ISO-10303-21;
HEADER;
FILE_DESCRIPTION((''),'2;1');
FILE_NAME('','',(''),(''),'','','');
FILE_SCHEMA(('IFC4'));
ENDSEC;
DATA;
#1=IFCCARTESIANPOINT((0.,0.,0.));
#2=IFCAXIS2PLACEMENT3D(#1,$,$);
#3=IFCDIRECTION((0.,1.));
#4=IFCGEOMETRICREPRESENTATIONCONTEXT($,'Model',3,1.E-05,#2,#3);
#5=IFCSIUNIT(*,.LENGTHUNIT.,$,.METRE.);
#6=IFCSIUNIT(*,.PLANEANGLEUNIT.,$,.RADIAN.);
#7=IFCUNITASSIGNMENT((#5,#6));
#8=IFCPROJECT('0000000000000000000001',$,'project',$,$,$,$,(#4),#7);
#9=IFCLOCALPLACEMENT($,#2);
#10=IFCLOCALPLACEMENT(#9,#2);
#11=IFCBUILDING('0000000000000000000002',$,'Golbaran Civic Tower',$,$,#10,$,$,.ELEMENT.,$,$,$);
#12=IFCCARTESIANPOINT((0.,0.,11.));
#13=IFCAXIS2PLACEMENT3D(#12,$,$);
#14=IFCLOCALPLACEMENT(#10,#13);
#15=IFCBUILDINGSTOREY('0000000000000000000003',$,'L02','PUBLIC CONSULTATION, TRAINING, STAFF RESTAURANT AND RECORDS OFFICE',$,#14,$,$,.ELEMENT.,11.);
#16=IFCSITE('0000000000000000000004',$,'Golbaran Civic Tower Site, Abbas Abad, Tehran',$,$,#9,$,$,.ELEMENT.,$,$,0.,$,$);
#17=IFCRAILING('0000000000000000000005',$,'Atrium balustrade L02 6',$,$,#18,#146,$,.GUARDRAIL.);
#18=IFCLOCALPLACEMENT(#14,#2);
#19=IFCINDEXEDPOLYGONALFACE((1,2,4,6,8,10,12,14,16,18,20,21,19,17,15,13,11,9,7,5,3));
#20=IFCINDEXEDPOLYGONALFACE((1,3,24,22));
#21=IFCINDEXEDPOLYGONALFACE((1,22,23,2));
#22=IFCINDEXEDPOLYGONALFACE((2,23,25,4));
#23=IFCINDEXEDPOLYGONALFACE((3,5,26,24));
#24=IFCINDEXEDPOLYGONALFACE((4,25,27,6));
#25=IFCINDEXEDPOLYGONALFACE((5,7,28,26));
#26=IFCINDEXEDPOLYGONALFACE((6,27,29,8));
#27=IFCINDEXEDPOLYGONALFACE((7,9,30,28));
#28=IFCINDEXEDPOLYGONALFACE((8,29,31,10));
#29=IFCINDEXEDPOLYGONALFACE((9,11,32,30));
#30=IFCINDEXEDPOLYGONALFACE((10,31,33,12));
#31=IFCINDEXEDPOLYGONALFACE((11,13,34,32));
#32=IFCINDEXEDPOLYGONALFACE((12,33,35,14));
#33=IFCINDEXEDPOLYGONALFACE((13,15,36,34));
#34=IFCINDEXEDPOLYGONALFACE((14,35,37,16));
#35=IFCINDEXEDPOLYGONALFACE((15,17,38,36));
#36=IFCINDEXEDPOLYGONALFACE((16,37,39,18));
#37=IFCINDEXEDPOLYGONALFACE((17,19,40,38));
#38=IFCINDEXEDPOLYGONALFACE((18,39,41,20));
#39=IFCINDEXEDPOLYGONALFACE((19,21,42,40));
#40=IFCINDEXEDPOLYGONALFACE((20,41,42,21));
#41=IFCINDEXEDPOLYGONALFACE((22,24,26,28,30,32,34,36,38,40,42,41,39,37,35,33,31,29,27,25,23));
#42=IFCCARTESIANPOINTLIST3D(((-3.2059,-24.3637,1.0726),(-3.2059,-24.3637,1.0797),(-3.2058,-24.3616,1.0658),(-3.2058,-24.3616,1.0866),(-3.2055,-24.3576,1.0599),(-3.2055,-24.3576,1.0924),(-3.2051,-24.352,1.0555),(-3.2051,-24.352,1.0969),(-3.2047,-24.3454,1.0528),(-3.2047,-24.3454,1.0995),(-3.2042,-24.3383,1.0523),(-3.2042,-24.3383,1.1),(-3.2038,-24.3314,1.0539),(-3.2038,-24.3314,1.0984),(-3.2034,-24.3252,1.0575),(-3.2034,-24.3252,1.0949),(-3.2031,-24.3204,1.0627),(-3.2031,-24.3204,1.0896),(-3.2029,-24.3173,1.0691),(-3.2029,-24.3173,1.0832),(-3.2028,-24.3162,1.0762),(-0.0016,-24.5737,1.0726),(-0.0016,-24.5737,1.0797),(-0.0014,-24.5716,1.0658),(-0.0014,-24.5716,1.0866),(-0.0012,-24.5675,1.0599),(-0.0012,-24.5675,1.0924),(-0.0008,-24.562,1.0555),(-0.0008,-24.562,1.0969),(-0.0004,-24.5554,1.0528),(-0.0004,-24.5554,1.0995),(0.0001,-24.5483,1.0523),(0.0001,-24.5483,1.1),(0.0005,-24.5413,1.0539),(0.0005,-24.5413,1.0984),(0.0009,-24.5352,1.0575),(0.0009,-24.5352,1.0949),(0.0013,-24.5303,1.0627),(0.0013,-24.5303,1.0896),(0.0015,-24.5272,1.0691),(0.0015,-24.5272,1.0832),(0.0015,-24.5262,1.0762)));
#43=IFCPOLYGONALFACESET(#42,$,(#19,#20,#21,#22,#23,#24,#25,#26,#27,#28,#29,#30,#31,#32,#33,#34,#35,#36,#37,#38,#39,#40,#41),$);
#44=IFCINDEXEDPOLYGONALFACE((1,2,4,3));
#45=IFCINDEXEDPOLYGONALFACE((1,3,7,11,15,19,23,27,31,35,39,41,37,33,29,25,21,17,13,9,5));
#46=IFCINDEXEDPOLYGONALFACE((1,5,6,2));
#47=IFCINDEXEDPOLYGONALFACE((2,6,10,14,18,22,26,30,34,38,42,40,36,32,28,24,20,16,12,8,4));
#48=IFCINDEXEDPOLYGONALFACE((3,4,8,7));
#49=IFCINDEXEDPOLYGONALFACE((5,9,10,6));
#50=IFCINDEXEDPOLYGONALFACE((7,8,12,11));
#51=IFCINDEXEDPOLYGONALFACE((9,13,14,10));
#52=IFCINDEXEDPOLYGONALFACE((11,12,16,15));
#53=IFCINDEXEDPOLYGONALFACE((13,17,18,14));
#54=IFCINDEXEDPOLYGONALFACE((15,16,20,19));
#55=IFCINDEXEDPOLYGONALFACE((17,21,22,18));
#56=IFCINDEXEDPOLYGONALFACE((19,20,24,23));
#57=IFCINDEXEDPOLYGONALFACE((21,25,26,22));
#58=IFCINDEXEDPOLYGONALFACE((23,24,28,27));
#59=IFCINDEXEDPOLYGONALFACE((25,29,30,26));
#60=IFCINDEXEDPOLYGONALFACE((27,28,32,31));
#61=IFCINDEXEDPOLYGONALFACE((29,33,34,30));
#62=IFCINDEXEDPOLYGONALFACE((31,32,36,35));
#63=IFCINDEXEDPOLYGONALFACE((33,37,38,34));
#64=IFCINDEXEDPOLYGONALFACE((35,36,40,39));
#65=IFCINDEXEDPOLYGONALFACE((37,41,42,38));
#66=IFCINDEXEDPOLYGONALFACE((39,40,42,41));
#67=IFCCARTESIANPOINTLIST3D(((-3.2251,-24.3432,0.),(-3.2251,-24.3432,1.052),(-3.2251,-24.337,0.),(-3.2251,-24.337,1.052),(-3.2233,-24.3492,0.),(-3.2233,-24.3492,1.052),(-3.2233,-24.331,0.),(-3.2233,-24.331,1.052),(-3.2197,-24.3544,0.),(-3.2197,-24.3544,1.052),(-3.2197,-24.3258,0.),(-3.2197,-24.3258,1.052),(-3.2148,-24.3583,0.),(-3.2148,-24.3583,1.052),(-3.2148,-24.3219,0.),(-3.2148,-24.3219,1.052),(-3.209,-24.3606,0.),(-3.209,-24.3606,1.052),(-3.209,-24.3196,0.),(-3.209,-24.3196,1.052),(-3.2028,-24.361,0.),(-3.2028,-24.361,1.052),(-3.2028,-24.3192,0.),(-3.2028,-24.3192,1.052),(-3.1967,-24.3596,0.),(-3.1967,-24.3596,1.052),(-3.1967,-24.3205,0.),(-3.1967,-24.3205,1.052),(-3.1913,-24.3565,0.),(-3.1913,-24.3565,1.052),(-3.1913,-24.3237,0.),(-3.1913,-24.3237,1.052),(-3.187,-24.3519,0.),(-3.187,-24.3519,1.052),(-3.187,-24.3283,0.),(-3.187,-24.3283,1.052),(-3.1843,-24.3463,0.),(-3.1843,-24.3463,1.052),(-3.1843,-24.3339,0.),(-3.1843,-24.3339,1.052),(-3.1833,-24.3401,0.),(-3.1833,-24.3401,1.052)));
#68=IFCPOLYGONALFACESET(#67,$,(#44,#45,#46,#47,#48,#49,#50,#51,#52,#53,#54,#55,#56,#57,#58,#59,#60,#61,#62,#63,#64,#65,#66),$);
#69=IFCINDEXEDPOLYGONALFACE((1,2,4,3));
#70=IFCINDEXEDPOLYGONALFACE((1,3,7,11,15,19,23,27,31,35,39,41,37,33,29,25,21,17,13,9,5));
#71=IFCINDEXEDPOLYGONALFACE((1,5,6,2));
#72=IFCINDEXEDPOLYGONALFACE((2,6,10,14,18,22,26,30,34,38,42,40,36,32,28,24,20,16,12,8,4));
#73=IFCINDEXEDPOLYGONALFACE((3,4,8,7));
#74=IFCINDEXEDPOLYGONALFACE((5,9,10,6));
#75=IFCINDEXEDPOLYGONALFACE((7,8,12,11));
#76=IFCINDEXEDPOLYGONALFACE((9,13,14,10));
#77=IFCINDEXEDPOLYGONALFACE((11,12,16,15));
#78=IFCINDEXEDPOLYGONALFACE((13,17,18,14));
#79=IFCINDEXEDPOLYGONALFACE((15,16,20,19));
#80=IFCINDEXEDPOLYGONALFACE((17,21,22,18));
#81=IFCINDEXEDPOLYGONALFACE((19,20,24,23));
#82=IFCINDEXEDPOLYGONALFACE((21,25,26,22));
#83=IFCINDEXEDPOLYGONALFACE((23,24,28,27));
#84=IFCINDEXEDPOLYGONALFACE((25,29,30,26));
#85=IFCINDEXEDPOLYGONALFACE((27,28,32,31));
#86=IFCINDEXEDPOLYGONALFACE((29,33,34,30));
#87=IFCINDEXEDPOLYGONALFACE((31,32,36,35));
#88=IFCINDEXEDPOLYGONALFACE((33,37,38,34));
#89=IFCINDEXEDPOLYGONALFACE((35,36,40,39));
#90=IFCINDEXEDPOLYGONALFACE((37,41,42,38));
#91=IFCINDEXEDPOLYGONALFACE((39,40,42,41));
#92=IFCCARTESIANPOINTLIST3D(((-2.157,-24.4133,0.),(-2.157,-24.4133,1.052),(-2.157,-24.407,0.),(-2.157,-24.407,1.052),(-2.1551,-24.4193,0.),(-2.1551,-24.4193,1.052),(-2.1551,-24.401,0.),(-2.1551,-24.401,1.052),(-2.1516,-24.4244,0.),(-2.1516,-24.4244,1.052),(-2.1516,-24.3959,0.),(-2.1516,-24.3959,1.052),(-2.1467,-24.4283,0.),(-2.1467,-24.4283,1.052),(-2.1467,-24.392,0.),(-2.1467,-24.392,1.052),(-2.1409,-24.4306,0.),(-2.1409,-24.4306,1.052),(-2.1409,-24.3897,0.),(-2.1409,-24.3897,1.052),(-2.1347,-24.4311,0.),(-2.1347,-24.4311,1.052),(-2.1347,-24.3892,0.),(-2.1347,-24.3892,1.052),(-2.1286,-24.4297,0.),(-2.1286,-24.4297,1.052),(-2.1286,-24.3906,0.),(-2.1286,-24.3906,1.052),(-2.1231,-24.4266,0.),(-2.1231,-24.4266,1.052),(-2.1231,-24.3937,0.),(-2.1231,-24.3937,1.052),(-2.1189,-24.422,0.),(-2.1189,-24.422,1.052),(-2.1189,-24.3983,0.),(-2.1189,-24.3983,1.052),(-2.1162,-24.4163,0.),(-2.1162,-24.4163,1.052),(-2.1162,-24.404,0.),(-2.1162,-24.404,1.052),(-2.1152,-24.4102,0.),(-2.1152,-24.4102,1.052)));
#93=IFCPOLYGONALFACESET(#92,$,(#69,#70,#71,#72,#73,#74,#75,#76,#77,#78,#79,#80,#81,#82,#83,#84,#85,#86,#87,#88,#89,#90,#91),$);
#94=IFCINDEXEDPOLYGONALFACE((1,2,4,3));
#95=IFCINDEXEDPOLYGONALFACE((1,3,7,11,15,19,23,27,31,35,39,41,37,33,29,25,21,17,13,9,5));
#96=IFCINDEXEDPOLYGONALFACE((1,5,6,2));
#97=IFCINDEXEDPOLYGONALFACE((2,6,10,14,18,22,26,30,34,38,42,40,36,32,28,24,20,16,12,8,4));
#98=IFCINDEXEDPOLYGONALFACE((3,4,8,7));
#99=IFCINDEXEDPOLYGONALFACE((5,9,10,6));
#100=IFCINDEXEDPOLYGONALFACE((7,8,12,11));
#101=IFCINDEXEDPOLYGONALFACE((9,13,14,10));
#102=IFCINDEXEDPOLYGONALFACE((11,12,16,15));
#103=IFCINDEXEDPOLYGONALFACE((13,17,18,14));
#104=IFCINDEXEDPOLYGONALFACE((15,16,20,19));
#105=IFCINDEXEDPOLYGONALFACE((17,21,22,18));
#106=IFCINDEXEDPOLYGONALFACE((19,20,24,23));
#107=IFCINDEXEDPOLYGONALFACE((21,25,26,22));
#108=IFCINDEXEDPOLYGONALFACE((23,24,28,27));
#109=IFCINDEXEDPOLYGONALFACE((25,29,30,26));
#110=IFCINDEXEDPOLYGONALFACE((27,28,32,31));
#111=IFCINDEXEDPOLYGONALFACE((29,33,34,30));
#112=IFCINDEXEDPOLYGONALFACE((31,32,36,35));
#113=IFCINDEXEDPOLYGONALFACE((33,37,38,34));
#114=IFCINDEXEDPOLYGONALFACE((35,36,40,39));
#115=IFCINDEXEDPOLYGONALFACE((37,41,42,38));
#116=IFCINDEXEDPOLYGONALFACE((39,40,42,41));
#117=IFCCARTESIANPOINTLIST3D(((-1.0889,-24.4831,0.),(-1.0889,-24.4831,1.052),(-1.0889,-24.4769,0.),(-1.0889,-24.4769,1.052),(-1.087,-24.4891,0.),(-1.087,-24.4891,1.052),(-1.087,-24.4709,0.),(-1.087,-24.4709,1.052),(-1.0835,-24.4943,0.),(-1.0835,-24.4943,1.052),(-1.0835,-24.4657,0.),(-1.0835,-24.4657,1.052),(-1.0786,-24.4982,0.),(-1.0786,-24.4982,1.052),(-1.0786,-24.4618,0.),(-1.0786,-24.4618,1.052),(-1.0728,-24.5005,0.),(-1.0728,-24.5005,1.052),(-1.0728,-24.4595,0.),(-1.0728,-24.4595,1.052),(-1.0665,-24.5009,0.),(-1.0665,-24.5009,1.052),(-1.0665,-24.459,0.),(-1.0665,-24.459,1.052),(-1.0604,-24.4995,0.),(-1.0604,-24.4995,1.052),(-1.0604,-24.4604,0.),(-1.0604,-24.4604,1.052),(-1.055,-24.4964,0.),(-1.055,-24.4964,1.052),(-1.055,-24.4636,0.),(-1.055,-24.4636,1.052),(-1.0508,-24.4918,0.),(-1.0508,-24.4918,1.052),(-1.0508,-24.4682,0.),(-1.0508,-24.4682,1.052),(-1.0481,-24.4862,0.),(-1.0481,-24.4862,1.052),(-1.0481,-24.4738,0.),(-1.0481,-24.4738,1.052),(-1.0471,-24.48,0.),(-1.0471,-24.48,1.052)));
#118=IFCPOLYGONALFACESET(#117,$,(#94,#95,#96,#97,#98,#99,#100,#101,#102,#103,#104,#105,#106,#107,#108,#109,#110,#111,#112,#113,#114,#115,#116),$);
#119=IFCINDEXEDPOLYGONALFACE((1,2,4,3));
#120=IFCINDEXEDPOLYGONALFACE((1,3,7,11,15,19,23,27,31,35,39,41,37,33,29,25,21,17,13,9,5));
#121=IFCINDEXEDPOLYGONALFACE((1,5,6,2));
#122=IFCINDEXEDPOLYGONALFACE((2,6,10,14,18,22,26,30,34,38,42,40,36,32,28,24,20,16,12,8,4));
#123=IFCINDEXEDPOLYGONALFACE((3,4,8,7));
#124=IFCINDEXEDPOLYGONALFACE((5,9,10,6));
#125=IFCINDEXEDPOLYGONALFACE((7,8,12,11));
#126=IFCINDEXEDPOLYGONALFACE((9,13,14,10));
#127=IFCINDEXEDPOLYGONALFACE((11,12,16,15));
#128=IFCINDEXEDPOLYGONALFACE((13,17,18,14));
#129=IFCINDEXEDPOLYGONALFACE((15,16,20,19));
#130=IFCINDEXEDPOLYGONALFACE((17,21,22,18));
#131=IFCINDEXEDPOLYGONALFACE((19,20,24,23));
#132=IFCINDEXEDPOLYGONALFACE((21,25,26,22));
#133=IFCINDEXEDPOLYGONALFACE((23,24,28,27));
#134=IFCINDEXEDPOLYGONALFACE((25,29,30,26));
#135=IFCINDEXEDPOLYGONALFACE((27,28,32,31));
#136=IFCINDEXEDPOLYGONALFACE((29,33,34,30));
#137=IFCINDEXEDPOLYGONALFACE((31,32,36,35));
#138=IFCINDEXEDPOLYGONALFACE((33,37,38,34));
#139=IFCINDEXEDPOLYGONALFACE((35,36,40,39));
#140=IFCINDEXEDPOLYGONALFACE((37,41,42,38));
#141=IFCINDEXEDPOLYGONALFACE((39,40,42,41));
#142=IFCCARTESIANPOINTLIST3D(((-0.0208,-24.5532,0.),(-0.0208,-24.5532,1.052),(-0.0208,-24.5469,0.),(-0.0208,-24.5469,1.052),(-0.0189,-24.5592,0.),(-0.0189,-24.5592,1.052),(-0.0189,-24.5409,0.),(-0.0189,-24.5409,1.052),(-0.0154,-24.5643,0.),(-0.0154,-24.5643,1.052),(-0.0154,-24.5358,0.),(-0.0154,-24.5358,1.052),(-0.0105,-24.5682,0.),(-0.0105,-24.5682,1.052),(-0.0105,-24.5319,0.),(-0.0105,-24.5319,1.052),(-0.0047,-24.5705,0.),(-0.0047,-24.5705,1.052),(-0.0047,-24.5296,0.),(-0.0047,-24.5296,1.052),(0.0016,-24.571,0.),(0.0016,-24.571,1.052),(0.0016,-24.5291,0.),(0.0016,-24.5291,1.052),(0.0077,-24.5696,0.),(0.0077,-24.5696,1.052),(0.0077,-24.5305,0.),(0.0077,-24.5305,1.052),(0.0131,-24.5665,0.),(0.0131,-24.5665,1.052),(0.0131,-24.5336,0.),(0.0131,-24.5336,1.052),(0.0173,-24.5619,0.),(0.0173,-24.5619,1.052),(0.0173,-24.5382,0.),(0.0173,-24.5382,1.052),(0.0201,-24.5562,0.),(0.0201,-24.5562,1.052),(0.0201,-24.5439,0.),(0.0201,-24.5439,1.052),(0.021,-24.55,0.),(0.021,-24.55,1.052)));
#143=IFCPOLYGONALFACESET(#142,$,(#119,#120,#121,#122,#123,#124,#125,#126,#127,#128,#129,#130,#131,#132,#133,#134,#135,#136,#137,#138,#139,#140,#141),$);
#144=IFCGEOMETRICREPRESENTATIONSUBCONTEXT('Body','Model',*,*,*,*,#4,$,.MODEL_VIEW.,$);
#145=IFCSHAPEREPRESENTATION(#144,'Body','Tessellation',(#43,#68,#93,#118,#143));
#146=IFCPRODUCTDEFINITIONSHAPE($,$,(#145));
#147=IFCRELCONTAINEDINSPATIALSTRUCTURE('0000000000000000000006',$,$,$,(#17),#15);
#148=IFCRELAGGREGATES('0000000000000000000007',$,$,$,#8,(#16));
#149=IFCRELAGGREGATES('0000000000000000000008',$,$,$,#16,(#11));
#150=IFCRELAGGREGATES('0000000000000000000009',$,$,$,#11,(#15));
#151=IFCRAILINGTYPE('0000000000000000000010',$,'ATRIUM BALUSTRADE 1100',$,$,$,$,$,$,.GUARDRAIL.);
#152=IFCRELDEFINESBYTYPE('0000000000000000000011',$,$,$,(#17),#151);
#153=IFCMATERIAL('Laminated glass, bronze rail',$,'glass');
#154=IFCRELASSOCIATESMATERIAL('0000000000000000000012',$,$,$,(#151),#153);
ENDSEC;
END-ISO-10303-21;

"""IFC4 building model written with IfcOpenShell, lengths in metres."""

from ifc_helpers import new_model, si_unit, direction, frame, origin, origin_2d, place, context, subcontext, project, spatial, circle, extrude, material, type_object, element, save


model = new_model("IFC4")

# Units and contexts
model_context = context("Model", 3, precision=1e-05, world=origin(), true_north=direction((0.0, 1.0)))
body_context = subcontext(model_context, "Body", "Model", "MODEL_VIEW")
ifc_project = project(units=[si_unit("LENGTHUNIT", "METRE"), si_unit("PLANEANGLEUNIT", "RADIAN")], contexts=[model_context])

# Site, building, storey
site_placement = place(None, origin())
site = spatial("IfcSite", under=ifc_project, at=site_placement, Name="Golbaran Civic Tower Site, Abbas Abad, Tehran", CompositionType="ELEMENT", RefElevation=0.0)
building_placement = place(site_placement, origin())
building = spatial("IfcBuilding", under=site, at=building_placement, Name="Golbaran Civic Tower", CompositionType="ELEMENT")
storey_placement = place(building_placement, frame((0.0, 0.0, 11.0)))
storey = spatial("IfcBuildingStorey", under=building, at=storey_placement, Name="L02", Description="PUBLIC CONSULTATION, TRAINING, STAFF RESTAURANT AND RECORDS OFFICE", CompositionType="ELEMENT", Elevation=11.0)

# Railing
ifc_material_1 = material(Name="Laminated glass, bronze rail", Category="glass")
railing_type_1 = type_object("IfcRailingType", Name="ATRIUM BALUSTRADE 1100", PredefinedType="GUARDRAIL", material=ifc_material_1)
railing_1_placement = place(storey_placement, frame((-3.2043, -24.3401, 0.0)))
element("IfcRailing", 1, at=railing_1_placement, inside=storey, type_object=railing_type_1, Name="Atrium balustrade L02 6", PredefinedType="GUARDRAIL", context=body_context, shape_type="SweptSolid", body=[
    extrude(circle(Radius=0.0239, at=origin_2d()), frame((0.0, 0.0, 1.0762), z_axis=(0.99786, -0.065384, 0.0), x_axis=(0.065384, 0.99786, 0.0)), (0.0, 0.0, 1.0), 3.2112),
    extrude(circle(Radius=0.021, at=origin_2d()), origin(), (0.0, 0.0, 1.0), 1.052),
    extrude(circle(Radius=0.021, at=origin_2d()), frame((1.0681, -0.0701, 0.0)), (0.0, 0.0, 1.0), 1.052),
    extrude(circle(Radius=0.021, at=origin_2d()), frame((2.1362, -0.1399, 0.0)), (0.0, 0.0, 1.0), 1.052),
    extrude(circle(Radius=0.021, at=origin_2d()), frame((3.2043, -0.21, 0.0)), (0.0, 0.0, 1.0), 1.052),
])

save(model, "model.ifc")
